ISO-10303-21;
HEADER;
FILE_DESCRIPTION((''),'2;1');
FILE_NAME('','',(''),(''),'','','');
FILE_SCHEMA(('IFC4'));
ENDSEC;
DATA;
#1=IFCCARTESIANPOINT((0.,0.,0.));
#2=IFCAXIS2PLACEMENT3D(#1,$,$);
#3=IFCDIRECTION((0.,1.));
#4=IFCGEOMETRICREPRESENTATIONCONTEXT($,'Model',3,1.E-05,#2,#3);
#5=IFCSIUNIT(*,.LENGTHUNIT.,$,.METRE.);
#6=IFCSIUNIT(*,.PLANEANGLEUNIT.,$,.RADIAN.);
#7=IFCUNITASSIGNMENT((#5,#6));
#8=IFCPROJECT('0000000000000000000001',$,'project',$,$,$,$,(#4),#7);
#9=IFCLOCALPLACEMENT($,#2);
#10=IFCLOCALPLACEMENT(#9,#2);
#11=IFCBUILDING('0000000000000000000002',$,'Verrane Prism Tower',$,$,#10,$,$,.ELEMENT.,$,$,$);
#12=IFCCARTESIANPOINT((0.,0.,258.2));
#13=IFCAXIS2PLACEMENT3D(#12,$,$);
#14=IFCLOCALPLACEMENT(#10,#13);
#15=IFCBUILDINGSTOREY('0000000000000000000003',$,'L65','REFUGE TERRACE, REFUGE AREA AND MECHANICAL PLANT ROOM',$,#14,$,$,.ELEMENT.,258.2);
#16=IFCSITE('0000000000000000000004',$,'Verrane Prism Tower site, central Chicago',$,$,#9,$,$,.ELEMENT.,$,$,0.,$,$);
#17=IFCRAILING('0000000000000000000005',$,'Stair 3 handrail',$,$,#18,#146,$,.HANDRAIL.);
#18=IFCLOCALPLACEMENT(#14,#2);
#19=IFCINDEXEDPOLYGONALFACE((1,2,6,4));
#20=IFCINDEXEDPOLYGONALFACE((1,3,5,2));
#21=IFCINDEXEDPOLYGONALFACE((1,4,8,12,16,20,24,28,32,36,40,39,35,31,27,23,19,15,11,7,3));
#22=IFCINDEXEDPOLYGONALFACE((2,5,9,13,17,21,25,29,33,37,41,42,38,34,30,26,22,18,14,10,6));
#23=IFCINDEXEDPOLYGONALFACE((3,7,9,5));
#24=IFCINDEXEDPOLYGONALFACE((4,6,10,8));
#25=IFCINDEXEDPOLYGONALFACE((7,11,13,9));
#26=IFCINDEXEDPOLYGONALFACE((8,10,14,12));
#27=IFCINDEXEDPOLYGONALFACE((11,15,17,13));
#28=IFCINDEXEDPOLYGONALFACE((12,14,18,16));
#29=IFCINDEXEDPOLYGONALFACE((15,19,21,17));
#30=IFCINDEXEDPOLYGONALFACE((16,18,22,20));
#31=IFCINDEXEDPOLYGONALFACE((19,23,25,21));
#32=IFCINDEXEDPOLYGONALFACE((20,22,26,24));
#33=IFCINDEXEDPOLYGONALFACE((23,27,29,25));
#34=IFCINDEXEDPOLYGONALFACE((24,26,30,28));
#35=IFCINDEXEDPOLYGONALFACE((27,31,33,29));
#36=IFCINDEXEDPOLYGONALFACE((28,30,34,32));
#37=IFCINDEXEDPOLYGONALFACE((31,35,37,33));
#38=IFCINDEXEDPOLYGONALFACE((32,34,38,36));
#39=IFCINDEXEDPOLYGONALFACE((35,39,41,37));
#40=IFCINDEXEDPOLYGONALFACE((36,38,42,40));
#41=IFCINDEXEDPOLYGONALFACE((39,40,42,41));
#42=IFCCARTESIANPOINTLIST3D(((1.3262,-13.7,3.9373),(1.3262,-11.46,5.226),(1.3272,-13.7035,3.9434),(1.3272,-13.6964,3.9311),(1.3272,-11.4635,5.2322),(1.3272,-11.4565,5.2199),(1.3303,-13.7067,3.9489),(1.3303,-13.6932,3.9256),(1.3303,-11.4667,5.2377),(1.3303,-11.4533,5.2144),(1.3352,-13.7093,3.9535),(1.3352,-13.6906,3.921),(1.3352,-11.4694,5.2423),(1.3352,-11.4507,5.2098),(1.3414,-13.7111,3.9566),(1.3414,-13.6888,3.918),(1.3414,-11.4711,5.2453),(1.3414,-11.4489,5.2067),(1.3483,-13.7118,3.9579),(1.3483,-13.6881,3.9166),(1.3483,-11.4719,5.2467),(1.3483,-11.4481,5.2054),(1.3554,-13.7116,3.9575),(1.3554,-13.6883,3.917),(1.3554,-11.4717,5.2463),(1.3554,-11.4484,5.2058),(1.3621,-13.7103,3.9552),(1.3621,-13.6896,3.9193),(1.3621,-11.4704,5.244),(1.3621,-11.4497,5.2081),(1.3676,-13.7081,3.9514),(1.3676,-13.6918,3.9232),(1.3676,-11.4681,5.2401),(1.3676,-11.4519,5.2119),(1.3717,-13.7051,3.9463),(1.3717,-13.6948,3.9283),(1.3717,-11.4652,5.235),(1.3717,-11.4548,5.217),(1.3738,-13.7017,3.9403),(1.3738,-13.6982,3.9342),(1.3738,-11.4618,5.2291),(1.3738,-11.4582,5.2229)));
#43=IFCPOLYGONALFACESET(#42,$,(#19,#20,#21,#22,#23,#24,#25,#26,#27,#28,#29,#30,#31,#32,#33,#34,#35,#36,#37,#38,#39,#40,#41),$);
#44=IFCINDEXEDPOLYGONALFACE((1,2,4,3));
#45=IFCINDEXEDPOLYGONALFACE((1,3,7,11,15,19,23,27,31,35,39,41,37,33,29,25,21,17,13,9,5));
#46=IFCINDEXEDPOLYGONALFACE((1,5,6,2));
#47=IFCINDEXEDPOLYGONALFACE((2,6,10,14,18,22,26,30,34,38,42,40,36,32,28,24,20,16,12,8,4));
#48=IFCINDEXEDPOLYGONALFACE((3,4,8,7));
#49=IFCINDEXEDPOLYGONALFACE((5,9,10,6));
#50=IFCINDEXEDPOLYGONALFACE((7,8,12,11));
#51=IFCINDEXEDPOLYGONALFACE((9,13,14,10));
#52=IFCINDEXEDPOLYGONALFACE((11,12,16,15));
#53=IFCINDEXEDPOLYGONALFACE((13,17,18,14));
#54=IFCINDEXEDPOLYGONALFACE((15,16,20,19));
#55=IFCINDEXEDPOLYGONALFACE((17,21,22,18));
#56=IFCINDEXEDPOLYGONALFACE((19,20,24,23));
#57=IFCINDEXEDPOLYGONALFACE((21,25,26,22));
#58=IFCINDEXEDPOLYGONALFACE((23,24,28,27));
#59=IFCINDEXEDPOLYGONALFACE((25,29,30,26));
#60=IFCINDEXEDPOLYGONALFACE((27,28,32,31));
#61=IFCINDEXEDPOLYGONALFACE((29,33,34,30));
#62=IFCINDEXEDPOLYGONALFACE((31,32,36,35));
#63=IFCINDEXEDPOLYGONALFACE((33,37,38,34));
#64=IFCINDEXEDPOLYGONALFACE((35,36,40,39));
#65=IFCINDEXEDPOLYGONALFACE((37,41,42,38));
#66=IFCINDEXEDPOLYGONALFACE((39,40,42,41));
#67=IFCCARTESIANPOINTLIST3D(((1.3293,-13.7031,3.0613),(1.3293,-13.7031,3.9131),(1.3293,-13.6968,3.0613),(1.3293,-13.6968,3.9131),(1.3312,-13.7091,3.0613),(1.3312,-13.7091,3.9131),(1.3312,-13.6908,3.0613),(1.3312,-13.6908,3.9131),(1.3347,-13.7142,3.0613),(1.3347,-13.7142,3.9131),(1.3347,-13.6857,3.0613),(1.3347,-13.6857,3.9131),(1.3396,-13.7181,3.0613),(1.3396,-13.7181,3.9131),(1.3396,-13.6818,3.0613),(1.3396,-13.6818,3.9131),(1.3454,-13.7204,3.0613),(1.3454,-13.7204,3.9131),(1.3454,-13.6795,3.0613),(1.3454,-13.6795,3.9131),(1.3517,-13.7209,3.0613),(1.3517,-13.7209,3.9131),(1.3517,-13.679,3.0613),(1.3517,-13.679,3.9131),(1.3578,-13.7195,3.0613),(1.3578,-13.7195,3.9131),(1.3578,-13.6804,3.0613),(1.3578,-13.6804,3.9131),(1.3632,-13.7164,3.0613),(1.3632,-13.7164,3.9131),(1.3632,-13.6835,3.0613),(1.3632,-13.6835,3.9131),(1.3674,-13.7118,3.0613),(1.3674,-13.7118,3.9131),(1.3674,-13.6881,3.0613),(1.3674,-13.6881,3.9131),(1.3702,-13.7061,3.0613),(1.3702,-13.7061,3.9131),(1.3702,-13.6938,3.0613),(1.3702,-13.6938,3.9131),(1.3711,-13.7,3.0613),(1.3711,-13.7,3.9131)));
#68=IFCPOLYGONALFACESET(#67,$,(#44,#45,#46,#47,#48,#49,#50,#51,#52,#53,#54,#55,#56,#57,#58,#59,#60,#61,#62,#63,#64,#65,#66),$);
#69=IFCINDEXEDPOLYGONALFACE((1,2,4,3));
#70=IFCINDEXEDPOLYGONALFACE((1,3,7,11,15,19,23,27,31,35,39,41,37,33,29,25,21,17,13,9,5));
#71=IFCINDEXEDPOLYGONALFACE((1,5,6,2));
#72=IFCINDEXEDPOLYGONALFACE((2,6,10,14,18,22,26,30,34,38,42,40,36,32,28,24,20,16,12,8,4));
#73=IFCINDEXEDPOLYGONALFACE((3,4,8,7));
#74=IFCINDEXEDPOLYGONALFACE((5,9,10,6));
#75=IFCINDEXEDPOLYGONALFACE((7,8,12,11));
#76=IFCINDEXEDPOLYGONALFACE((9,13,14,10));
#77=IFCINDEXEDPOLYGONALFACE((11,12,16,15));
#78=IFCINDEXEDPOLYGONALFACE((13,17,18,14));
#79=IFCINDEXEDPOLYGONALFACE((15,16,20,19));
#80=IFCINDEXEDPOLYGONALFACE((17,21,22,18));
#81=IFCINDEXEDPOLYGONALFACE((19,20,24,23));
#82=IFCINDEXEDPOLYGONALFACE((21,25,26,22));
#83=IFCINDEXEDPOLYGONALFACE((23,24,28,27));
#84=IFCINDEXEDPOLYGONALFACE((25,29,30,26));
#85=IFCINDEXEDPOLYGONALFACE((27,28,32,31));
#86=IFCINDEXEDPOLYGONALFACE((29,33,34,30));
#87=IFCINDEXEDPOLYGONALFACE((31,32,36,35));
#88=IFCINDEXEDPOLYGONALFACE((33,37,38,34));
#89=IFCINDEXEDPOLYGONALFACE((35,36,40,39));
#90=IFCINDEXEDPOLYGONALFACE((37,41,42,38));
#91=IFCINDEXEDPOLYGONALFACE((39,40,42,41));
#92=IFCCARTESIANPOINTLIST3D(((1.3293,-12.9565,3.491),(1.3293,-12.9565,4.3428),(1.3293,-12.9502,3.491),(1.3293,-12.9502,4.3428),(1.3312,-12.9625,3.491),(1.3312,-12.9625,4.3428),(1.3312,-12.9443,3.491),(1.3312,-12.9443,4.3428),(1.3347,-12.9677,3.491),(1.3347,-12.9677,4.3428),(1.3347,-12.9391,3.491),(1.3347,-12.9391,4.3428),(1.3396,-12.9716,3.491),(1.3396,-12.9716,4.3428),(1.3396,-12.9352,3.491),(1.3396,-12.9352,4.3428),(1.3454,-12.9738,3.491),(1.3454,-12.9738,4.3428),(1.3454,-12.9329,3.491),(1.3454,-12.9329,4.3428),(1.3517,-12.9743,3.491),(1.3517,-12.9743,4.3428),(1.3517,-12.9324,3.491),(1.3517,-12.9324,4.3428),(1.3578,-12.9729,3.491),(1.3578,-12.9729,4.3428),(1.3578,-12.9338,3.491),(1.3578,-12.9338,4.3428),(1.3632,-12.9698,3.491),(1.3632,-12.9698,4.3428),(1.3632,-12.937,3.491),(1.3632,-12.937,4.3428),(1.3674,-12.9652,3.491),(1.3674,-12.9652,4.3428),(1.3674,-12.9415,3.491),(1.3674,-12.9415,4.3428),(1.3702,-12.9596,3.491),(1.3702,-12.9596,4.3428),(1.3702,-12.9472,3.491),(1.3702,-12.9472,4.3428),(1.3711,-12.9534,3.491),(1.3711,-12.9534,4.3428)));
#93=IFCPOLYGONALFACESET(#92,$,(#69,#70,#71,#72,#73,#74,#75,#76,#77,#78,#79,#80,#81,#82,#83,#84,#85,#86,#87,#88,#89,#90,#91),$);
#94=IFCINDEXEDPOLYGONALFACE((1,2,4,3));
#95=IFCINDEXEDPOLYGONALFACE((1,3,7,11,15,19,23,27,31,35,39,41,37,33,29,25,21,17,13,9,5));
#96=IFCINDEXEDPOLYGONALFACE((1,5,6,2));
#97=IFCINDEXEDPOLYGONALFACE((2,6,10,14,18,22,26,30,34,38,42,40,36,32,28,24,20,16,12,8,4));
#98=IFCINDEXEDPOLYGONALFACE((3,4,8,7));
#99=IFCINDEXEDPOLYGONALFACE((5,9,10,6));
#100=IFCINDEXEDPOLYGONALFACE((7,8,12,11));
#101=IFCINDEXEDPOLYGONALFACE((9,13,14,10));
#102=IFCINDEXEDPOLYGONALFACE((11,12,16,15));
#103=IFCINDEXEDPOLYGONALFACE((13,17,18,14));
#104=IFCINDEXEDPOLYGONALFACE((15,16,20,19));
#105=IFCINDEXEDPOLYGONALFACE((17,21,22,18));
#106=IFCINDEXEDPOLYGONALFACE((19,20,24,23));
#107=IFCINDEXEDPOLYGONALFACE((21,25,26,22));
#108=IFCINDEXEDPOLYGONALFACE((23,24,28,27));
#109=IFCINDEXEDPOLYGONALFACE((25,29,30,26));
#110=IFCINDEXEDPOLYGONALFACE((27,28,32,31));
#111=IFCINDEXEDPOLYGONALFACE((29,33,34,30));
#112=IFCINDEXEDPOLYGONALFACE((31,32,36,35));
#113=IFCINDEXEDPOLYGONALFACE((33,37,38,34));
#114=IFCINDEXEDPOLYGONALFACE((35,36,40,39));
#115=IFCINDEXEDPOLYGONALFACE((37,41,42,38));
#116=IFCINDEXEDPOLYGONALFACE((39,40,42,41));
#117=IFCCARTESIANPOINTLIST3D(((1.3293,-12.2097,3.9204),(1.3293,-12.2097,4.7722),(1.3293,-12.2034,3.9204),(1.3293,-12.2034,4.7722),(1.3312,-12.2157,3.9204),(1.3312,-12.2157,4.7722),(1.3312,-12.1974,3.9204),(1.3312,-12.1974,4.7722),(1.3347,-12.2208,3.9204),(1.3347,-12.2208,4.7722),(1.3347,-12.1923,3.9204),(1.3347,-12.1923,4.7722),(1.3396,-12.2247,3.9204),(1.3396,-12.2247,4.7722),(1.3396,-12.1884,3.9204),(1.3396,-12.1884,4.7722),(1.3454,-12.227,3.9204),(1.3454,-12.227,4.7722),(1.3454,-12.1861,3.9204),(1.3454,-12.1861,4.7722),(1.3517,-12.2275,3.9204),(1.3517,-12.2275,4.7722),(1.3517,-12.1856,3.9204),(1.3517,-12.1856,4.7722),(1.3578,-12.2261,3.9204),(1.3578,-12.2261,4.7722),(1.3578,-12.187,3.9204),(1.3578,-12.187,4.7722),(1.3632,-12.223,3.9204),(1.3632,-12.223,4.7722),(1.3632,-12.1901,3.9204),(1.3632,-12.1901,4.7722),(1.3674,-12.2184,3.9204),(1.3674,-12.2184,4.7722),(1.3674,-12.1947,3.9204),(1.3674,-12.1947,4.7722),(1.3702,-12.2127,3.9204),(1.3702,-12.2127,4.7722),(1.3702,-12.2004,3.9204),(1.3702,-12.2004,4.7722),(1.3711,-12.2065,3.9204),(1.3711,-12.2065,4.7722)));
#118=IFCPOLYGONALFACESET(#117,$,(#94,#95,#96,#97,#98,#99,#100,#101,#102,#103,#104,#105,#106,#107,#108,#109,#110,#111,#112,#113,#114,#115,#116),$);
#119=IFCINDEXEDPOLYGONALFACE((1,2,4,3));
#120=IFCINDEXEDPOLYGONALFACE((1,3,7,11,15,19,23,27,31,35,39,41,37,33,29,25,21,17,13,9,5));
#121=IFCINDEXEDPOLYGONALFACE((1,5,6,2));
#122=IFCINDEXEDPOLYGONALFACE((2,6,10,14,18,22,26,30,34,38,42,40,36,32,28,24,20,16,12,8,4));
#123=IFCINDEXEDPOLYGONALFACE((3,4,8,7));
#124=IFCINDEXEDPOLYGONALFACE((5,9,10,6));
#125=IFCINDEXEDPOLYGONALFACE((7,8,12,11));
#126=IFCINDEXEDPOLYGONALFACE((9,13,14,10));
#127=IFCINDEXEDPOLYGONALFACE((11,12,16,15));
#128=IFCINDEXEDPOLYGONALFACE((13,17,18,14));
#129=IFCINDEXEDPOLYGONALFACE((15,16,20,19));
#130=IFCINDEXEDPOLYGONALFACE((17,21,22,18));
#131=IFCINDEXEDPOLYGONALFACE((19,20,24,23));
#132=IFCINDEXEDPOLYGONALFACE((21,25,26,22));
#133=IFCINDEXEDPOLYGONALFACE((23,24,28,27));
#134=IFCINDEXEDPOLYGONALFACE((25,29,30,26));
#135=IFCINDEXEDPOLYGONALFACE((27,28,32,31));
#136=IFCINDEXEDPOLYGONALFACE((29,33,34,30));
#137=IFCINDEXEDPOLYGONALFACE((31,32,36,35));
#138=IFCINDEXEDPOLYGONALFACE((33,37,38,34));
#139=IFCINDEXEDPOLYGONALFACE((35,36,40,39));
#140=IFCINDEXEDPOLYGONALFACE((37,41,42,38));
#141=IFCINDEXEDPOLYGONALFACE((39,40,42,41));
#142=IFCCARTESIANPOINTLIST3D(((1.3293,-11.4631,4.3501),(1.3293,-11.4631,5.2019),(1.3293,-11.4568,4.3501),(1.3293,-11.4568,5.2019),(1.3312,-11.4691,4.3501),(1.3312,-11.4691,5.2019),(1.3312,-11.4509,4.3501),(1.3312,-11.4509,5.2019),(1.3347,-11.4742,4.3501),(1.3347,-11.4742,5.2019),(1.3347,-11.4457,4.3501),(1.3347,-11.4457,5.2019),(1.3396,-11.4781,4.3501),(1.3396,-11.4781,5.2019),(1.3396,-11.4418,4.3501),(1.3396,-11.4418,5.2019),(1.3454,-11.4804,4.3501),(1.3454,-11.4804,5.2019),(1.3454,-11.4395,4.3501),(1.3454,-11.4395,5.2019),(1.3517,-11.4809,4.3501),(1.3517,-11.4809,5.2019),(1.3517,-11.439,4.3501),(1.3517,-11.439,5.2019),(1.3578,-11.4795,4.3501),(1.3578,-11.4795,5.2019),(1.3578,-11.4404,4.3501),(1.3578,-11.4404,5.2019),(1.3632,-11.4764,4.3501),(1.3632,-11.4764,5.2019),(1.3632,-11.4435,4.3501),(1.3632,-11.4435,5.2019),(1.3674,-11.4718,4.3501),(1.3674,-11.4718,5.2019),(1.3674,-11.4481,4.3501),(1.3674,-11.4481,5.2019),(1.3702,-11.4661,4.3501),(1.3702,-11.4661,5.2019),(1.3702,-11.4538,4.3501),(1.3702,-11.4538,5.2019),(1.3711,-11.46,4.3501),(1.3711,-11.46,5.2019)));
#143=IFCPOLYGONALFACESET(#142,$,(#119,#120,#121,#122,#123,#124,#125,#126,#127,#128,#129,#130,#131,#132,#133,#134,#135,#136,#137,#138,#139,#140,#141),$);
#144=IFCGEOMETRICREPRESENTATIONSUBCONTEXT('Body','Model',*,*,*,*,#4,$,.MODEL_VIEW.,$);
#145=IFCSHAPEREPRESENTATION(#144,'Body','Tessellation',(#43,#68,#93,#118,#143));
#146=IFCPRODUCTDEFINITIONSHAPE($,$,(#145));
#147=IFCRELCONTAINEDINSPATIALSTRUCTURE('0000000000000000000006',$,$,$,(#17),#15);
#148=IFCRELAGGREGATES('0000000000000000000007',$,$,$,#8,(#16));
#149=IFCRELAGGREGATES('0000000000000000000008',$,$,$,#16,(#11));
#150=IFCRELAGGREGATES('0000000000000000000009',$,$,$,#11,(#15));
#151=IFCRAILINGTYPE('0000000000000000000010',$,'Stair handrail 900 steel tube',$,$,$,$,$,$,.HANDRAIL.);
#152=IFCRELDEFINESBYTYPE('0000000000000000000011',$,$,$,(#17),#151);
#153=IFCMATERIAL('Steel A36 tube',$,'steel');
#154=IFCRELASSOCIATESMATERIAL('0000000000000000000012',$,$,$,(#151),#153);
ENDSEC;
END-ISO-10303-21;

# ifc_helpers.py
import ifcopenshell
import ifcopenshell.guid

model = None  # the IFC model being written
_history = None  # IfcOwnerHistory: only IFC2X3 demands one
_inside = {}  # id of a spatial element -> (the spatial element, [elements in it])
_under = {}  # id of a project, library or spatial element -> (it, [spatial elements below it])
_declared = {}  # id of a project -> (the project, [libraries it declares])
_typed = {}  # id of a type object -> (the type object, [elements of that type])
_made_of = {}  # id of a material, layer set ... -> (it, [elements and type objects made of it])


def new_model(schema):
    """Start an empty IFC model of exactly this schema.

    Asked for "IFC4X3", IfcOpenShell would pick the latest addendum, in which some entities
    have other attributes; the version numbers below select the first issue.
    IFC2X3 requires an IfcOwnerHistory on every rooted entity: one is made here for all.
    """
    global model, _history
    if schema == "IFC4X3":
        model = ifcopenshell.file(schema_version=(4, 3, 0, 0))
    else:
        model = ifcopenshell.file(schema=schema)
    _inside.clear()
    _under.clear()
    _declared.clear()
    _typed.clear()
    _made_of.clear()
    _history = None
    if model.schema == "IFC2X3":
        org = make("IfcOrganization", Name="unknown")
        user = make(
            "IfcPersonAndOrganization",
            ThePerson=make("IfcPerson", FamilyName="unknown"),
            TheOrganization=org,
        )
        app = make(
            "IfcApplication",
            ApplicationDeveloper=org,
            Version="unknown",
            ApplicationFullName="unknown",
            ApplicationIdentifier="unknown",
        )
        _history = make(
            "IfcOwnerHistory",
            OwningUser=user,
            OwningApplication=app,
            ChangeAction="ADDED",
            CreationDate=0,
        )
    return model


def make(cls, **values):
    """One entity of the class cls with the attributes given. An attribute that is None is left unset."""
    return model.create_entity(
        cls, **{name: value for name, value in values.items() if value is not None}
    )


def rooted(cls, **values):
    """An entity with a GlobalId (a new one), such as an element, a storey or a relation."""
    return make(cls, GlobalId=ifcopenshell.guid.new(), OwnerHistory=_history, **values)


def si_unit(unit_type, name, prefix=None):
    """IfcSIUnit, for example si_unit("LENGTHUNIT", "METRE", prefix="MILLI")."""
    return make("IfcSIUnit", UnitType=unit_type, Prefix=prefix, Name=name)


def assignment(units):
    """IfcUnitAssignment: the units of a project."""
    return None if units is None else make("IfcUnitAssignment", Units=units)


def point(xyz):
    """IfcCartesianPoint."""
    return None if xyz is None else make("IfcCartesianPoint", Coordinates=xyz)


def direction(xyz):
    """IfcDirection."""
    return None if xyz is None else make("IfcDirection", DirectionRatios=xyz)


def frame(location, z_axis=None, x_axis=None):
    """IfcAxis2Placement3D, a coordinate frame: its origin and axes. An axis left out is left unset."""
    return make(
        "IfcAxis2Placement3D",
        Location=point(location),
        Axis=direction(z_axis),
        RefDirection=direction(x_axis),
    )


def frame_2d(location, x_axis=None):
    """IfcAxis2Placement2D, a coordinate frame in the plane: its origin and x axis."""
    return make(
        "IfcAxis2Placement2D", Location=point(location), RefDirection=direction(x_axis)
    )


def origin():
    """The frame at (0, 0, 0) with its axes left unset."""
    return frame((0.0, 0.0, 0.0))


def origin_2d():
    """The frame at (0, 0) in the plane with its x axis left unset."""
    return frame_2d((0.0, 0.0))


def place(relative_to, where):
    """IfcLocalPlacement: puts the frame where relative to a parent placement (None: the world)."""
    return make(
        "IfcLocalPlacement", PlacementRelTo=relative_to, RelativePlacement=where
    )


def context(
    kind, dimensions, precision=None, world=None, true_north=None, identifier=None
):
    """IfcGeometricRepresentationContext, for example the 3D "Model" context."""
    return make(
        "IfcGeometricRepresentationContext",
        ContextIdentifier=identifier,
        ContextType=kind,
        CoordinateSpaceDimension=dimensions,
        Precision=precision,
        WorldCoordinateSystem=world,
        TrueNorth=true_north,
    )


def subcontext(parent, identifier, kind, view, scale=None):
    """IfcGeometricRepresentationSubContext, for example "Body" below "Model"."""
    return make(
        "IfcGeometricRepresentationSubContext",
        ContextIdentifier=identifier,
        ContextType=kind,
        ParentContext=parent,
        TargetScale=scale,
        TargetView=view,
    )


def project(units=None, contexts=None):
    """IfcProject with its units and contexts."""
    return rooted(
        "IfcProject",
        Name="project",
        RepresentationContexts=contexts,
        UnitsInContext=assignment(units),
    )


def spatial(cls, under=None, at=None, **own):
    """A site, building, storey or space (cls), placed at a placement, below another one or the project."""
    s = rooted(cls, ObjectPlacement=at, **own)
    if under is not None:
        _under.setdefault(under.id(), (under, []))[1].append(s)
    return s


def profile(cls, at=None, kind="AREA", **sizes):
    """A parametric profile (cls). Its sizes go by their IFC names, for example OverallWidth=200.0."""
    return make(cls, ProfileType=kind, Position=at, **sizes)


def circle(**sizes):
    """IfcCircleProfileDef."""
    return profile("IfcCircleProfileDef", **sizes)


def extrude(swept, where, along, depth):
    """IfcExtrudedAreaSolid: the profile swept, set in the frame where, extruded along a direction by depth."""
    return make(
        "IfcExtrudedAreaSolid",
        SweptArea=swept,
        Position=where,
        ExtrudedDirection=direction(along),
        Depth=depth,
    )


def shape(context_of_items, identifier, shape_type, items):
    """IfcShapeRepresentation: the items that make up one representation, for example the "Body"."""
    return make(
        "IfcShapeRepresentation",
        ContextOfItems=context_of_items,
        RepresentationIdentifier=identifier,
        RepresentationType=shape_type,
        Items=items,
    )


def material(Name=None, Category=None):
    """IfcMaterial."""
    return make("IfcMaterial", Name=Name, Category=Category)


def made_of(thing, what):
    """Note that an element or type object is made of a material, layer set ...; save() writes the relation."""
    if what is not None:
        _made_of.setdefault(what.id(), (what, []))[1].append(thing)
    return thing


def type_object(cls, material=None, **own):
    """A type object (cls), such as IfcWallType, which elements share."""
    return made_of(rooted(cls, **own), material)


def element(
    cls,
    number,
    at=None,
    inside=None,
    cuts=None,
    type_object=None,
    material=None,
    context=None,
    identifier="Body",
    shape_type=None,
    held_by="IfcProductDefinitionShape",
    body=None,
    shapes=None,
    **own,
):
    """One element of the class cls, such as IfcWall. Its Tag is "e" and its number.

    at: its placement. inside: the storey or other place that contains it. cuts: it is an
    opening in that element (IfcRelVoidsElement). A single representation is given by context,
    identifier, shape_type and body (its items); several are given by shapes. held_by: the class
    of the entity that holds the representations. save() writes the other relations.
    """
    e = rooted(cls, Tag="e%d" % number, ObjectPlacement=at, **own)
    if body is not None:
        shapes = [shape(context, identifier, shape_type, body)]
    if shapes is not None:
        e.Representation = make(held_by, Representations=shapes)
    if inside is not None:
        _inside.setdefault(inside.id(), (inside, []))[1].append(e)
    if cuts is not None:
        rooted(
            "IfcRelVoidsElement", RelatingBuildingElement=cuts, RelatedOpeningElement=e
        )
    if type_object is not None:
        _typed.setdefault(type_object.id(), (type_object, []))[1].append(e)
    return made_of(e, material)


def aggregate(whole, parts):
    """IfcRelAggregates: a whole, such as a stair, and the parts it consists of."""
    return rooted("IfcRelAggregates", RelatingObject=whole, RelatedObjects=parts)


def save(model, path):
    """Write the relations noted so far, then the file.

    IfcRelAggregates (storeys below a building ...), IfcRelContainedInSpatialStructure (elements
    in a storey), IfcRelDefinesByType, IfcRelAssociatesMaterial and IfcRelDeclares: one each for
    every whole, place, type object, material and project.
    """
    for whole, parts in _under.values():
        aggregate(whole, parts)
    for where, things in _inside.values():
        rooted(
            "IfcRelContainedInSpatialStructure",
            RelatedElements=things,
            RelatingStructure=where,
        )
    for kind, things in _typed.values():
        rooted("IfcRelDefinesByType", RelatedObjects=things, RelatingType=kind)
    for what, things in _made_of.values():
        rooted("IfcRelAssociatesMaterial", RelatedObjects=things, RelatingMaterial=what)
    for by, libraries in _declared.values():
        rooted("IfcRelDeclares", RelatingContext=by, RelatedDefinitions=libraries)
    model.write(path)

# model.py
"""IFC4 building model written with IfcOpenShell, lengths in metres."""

from ifc_helpers import new_model, si_unit, direction, frame, origin, origin_2d, place, context, subcontext, project, spatial, circle, extrude, material, type_object, element, save


model = new_model("IFC4")

# Units and contexts
model_context = context("Model", 3, precision=1e-05, world=origin(), true_north=direction((0.0, 1.0)))
body_context = subcontext(model_context, "Body", "Model", "MODEL_VIEW")
ifc_project = project(units=[si_unit("LENGTHUNIT", "METRE"), si_unit("PLANEANGLEUNIT", "RADIAN")], contexts=[model_context])

# Site, building, storey
site_placement = place(None, origin())
site = spatial("IfcSite", under=ifc_project, at=site_placement, Name="Verrane Prism Tower site, central Chicago", CompositionType="ELEMENT", RefElevation=0.0)
building_placement = place(site_placement, origin())
building = spatial("IfcBuilding", under=site, at=building_placement, Name="Verrane Prism Tower", CompositionType="ELEMENT")
storey_placement = place(building_placement, frame((0.0, 0.0, 258.2)))
storey = spatial("IfcBuildingStorey", under=building, at=storey_placement, Name="L65", Description="REFUGE TERRACE, REFUGE AREA AND MECHANICAL PLANT ROOM", CompositionType="ELEMENT", Elevation=258.2)

# Railing
ifc_material_1 = material(Name="Steel A36 tube", Category="steel")
railing_type_1 = type_object("IfcRailingType", Name="Stair handrail 900 steel tube", PredefinedType="HANDRAIL", material=ifc_material_1)
for number, where, name in (
    (1, (1.3501, -13.7, 3.0613), "Stair 3 handrail"),
):
    element("IfcRailing", number, at=place(storey_placement, frame(where)), inside=storey, type_object=railing_type_1, Name=name, PredefinedType="HANDRAIL", context=body_context, shape_type="SweptSolid", body=[
        extrude(circle(Radius=0.0239, at=origin_2d()), frame((0.0, 0.0, 0.876), z_axis=(0.0, 0.866768, 0.498711), x_axis=(-1.0, 0.0, 0.0)), (0.0, 0.0, 1.0), 2.5842),
        extrude(circle(Radius=0.021, at=origin_2d()), origin(), (0.0, 0.0, 1.0), 0.8518),
        extrude(circle(Radius=0.021, at=origin_2d()), frame((0.0, 0.7466, 0.4297)), (0.0, 0.0, 1.0), 0.8518),
        extrude(circle(Radius=0.021, at=origin_2d()), frame((0.0, 1.4934, 0.8591)), (0.0, 0.0, 1.0), 0.8518),
        extrude(circle(Radius=0.021, at=origin_2d()), frame((0.0, 2.24, 1.2888)), (0.0, 0.0, 1.0), 0.8518),
    ])

save(model, "model.ifc")
